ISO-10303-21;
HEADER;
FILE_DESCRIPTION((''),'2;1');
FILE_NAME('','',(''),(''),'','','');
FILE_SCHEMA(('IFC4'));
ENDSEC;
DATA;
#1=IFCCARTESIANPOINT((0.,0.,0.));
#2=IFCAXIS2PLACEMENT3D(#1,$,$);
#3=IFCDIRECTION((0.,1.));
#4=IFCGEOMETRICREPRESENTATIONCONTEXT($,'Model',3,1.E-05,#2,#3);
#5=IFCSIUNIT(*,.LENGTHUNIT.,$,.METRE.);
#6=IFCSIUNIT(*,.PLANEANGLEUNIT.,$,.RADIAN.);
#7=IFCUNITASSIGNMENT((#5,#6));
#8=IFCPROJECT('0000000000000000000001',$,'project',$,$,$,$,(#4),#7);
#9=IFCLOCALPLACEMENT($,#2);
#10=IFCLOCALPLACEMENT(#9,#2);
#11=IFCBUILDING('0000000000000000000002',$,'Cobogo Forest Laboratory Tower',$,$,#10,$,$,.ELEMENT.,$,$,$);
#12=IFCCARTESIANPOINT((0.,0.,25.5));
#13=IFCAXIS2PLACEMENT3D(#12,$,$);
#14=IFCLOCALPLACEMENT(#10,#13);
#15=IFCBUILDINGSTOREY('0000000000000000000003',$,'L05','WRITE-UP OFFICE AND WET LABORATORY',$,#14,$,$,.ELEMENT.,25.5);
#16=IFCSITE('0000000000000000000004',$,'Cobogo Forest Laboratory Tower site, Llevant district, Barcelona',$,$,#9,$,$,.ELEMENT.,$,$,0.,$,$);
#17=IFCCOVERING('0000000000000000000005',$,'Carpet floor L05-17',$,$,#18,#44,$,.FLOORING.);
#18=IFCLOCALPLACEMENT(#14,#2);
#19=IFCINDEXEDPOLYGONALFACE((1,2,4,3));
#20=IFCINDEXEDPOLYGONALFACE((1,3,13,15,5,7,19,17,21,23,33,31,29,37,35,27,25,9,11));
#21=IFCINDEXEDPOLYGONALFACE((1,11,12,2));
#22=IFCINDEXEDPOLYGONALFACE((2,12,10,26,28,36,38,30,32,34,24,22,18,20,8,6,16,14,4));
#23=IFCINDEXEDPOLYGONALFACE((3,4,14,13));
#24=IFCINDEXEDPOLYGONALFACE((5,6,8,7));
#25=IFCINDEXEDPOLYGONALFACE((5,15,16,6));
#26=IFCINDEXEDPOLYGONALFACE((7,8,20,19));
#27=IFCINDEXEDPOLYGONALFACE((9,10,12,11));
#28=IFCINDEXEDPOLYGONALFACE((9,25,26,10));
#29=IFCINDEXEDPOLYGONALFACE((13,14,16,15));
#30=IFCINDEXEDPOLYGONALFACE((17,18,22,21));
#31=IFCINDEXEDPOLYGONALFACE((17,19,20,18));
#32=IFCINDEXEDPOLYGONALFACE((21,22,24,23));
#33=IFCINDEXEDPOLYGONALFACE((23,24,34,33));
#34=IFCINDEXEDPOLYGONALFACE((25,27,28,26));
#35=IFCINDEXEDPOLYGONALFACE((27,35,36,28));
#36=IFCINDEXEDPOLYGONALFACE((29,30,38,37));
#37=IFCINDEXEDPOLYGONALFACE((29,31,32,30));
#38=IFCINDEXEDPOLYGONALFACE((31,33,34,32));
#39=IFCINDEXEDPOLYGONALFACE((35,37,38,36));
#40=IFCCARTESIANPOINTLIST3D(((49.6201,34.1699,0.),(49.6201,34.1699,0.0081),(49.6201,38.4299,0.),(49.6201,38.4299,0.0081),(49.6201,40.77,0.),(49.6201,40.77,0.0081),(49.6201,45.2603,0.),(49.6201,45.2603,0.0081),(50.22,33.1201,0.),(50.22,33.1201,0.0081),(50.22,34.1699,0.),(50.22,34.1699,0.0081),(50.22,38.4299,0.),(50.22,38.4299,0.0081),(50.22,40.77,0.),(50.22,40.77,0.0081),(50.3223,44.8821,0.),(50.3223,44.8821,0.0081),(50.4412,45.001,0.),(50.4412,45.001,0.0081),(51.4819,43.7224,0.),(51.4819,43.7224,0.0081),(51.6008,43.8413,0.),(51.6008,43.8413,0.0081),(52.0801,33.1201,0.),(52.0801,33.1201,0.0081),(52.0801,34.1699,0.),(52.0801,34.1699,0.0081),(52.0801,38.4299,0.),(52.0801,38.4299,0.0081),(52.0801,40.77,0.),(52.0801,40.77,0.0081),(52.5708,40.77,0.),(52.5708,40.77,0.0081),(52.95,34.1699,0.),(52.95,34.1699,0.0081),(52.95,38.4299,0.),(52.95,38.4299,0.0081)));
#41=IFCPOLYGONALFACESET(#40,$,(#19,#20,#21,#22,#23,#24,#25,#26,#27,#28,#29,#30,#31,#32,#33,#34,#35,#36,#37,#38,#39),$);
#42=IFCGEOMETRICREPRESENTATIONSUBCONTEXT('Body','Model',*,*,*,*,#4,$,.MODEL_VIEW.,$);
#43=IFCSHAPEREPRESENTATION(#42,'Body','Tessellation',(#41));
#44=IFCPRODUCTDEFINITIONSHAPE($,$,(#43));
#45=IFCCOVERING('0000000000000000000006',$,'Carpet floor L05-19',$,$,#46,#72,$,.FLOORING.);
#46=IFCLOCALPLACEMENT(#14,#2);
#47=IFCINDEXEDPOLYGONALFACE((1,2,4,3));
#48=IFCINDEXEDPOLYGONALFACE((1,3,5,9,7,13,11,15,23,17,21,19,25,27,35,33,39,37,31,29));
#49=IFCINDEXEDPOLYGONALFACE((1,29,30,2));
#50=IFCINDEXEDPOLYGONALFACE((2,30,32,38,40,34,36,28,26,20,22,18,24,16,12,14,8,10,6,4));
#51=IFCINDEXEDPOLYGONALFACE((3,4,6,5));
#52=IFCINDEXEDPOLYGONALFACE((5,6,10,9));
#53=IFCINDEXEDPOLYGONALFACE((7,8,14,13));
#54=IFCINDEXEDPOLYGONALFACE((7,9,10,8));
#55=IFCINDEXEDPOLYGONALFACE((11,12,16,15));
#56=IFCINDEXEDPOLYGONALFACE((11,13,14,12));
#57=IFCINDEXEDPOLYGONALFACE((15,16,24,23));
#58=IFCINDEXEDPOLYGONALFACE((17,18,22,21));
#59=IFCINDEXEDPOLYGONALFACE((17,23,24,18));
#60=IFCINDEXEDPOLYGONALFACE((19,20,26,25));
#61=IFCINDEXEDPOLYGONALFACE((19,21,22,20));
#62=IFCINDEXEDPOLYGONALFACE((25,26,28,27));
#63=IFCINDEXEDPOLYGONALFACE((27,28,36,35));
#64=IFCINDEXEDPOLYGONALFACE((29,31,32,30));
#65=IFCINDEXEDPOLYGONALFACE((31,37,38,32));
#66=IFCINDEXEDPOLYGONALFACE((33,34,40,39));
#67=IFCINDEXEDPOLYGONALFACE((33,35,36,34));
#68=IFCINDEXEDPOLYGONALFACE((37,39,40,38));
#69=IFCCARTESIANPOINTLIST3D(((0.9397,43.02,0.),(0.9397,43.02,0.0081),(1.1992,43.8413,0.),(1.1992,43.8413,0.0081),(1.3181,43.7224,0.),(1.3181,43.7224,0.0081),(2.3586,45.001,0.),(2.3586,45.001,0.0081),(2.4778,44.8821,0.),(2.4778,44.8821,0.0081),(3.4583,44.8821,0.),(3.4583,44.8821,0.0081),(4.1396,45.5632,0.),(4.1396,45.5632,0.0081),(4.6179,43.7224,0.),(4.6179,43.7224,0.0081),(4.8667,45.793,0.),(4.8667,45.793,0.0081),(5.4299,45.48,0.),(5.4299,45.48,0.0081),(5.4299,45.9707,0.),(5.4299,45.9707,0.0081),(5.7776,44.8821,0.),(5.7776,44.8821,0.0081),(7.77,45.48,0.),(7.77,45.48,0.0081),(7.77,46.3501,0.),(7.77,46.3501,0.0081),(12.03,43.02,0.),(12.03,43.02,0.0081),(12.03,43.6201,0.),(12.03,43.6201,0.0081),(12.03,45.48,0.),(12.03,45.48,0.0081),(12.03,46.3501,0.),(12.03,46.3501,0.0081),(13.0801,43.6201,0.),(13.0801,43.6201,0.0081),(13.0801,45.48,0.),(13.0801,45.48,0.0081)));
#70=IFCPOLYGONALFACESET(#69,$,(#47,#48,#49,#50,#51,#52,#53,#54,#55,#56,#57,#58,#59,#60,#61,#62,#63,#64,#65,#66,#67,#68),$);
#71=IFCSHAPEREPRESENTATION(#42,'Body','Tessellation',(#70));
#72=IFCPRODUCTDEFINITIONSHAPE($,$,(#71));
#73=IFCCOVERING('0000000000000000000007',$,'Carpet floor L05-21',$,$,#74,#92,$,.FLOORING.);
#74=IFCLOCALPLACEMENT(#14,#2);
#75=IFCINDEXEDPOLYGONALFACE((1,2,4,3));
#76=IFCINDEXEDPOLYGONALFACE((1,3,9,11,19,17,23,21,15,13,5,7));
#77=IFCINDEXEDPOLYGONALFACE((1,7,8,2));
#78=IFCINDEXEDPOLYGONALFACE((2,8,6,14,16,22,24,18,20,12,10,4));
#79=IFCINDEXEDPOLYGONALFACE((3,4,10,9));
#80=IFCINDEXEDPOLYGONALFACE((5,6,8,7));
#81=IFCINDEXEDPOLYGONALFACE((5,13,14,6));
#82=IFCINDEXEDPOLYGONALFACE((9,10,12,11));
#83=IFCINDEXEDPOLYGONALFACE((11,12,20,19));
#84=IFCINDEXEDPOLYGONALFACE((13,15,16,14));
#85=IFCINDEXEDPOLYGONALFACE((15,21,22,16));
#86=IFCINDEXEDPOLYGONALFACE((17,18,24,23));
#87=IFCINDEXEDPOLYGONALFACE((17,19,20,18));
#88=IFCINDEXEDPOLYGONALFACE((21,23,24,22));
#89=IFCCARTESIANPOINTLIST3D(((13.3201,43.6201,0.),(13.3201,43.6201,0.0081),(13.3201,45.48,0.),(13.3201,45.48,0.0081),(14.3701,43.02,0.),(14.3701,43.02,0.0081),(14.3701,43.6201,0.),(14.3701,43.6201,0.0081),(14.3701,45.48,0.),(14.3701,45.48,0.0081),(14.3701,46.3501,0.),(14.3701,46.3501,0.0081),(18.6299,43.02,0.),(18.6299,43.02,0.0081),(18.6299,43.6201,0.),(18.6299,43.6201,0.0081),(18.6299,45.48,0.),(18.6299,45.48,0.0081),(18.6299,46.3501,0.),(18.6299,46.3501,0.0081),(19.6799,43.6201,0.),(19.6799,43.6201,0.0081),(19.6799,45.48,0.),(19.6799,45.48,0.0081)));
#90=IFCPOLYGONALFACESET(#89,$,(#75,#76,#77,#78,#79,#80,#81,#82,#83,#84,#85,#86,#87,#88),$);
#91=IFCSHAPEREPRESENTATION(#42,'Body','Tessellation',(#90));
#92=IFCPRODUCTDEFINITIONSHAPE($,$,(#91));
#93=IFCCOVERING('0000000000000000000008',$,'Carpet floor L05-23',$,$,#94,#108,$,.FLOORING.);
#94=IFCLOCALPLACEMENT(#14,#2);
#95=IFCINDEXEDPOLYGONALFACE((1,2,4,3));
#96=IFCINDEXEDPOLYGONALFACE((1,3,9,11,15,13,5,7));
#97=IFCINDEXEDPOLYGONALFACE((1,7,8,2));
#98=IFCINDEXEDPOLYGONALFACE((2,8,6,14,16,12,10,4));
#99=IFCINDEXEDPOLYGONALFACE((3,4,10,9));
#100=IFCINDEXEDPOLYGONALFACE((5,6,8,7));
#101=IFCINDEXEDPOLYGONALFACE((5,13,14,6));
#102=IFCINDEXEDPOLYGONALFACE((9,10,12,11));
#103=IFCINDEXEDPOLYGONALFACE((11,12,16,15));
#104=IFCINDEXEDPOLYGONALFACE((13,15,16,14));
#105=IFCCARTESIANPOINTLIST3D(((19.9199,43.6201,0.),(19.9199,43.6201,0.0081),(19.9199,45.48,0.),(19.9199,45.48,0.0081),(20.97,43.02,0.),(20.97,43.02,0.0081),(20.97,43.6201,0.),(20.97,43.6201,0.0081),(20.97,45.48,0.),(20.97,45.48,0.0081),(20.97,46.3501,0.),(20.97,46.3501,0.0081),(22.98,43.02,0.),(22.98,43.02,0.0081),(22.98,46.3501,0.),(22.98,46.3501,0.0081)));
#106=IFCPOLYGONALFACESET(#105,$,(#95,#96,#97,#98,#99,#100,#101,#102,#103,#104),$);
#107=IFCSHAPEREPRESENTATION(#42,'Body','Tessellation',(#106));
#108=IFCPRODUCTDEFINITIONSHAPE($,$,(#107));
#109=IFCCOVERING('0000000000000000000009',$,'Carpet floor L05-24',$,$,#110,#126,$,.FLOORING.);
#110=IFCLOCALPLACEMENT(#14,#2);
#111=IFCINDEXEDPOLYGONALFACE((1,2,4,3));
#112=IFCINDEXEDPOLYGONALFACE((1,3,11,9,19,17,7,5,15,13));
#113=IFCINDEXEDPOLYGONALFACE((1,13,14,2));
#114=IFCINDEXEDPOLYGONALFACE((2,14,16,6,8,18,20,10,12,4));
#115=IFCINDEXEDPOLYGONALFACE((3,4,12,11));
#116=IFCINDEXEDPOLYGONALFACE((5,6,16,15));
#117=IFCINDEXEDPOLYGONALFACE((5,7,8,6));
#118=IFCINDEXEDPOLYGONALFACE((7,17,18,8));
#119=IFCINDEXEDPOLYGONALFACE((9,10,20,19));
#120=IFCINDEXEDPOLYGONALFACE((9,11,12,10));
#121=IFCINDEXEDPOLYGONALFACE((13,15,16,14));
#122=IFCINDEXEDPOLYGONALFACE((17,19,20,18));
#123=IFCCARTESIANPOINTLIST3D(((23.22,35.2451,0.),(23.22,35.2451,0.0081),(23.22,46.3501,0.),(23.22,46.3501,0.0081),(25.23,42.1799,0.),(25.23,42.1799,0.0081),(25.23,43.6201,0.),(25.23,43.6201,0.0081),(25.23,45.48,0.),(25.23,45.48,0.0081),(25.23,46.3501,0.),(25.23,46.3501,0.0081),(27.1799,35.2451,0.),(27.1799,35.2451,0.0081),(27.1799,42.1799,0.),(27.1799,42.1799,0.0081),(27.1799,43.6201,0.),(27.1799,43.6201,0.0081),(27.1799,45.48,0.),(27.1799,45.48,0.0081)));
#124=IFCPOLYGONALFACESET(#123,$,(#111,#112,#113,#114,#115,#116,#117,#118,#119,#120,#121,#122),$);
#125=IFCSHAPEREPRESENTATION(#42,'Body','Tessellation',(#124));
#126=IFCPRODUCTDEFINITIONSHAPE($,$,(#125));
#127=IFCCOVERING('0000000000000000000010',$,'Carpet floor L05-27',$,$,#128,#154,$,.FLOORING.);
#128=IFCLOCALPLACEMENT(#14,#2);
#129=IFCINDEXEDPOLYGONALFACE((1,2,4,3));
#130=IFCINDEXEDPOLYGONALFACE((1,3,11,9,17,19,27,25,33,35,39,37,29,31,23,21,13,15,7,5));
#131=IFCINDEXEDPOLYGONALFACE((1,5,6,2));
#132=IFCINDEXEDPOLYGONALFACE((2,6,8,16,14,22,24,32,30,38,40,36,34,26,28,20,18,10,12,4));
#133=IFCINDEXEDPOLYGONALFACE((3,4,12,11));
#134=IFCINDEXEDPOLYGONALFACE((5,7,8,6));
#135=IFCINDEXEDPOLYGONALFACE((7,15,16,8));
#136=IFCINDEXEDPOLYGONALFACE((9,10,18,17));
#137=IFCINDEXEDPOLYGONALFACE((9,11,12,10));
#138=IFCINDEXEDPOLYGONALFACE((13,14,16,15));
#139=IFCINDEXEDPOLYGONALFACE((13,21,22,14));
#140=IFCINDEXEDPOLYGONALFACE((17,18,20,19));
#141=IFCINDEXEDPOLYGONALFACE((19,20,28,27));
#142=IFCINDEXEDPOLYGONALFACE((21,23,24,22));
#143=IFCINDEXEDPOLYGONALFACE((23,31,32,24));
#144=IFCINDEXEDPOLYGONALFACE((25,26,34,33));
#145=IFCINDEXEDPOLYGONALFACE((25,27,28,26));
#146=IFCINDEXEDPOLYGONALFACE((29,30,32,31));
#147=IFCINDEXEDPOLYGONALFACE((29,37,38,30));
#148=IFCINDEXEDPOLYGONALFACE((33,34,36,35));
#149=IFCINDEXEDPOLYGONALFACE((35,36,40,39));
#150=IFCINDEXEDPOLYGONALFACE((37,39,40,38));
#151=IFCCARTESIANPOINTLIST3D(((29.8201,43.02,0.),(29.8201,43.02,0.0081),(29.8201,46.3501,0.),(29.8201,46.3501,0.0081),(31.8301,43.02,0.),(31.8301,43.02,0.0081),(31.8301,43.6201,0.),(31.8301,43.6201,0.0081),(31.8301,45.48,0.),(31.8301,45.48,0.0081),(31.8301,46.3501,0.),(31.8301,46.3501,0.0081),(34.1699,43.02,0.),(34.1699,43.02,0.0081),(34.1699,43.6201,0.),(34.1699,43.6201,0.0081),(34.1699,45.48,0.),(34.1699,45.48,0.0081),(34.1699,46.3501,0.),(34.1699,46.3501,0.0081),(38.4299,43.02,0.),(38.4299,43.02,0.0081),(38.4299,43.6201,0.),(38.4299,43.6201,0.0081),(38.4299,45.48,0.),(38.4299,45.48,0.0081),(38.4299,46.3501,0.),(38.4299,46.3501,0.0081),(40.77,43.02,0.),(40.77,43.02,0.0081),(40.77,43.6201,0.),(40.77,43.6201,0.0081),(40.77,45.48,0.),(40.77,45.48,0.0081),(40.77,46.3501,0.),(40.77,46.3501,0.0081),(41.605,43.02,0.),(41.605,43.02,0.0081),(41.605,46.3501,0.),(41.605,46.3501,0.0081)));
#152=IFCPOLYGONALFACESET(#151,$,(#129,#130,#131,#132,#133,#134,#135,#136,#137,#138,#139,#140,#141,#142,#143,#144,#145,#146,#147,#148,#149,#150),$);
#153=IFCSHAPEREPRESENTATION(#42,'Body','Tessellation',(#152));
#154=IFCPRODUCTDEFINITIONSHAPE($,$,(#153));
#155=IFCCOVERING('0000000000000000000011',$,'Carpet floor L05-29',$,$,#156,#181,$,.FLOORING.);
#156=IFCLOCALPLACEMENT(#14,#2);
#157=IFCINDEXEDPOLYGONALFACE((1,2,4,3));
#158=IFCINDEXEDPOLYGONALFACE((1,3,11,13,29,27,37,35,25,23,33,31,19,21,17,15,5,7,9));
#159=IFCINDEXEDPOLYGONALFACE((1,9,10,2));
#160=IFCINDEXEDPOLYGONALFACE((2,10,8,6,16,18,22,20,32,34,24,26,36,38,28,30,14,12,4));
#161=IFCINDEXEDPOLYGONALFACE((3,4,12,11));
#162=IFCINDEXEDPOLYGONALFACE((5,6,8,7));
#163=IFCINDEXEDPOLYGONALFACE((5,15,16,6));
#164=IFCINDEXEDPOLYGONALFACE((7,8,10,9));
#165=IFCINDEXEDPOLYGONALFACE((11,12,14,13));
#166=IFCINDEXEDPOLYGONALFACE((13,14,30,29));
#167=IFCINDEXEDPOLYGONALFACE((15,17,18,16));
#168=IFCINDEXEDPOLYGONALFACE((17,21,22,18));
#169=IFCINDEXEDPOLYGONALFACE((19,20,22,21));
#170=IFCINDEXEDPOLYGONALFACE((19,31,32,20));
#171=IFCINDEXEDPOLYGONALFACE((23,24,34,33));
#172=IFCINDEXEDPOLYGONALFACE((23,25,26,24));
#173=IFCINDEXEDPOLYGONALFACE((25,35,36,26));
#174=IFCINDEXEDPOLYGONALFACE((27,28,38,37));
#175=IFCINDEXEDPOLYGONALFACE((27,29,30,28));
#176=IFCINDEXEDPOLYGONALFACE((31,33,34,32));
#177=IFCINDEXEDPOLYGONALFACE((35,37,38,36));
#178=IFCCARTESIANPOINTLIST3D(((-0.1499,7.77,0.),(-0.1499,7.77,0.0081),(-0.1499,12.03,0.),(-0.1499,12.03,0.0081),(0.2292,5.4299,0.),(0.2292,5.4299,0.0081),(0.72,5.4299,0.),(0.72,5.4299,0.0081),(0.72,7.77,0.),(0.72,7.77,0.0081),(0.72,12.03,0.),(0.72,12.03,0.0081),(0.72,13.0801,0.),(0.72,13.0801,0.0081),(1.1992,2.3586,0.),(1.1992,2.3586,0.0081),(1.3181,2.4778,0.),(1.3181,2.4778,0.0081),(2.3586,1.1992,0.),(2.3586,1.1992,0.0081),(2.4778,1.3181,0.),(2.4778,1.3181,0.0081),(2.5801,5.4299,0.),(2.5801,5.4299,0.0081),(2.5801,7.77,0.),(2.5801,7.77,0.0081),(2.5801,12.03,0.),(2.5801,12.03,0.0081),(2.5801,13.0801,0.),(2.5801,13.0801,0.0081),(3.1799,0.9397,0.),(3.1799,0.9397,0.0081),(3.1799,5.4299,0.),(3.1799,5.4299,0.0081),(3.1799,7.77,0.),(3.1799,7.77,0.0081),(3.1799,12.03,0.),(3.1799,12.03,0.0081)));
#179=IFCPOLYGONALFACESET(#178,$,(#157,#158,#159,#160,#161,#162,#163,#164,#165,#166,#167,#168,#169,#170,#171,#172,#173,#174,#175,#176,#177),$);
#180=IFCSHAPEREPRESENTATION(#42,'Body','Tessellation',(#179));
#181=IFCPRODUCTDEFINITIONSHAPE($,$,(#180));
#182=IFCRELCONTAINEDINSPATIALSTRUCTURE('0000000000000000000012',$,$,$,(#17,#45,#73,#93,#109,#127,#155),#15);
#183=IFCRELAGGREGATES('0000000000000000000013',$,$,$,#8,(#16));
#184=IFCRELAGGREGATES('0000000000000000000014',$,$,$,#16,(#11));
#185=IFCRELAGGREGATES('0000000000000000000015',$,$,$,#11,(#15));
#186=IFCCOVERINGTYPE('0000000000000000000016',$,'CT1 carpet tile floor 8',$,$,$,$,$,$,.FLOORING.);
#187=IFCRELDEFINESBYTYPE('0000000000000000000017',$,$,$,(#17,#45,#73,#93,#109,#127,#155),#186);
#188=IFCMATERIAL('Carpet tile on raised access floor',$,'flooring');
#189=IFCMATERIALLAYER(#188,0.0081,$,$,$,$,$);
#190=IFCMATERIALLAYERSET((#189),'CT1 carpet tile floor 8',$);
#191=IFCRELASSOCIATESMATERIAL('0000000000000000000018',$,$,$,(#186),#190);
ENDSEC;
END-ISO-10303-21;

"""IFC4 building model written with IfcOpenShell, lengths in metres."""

from ifc_helpers import new_model, si_unit, direction, frame, origin, place, context, subcontext, project, spatial, polyline, outline, extrude, material, layer, layer_set, type_object, element, save


model = new_model("IFC4")

# Units and contexts
model_context = context("Model", 3, precision=1e-05, world=origin(), true_north=direction((0.0, 1.0)))
body_context = subcontext(model_context, "Body", "Model", "MODEL_VIEW")
ifc_project = project(units=[si_unit("LENGTHUNIT", "METRE"), si_unit("PLANEANGLEUNIT", "RADIAN")], contexts=[model_context])

# Site, building, storey
site_placement = place(None, origin())
site = spatial("IfcSite", under=ifc_project, at=site_placement, Name="Cobogo Forest Laboratory Tower site, Llevant district, Barcelona", CompositionType="ELEMENT", RefElevation=0.0)
building_placement = place(site_placement, origin())
building = spatial("IfcBuilding", under=site, at=building_placement, Name="Cobogo Forest Laboratory Tower", CompositionType="ELEMENT")
storey_placement = place(building_placement, frame((0.0, 0.0, 25.5)))
storey = spatial("IfcBuildingStorey", under=building, at=storey_placement, Name="L05", Description="WRITE-UP OFFICE AND WET LABORATORY", CompositionType="ELEMENT", Elevation=25.5)

# Coverings
ifc_material_1 = material(Name="Carpet tile on raised access floor", Category="flooring")
ifc_layer_1 = layer(ifc_material_1, 0.0081)
ifc_layer_set_1 = layer_set([ifc_layer_1], Name="CT1 carpet tile floor 8")
covering_type_1 = type_object("IfcCoveringType", Name="CT1 carpet tile floor 8", PredefinedType="FLOORING", material=ifc_layer_set_1)
covering_1_placement = place(storey_placement, origin())
element("IfcCovering", 1, at=covering_1_placement, inside=storey, type_object=covering_type_1, Name="Carpet floor L05-17", PredefinedType="FLOORING", context=body_context, shape_type="SweptSolid", body=[
    extrude(outline(polyline([(49.6201, 38.4299), (50.22, 38.4299), (50.22, 40.77), (49.6201, 40.77), (49.6201, 45.2603), (50.4412, 45.001), (50.3223, 44.8821), (51.4819, 43.7224), (51.6008, 43.8413), (52.5708, 40.77), (52.0801, 40.77), (52.0801, 38.4299), (52.95, 38.4299), (52.95, 34.1699), (52.0801, 34.1699), (52.0801, 33.1201), (50.22, 33.1201), (50.22, 34.1699), (49.6201, 34.1699), (49.6201, 38.4299)])), origin(), (0.0, 0.0, 1.0), 0.0081),
])
covering_2_placement = place(storey_placement, origin())
element("IfcCovering", 2, at=covering_2_placement, inside=storey, type_object=covering_type_1, Name="Carpet floor L05-19", PredefinedType="FLOORING", context=body_context, shape_type="SweptSolid", body=[
    extrude(outline(polyline([(0.9397, 43.02), (1.1992, 43.8413), (1.3181, 43.7224), (2.4778, 44.8821), (2.3586, 45.001), (4.1396, 45.5632), (3.4583, 44.8821), (4.6179, 43.7224), (5.7776, 44.8821), (4.8667, 45.793), (5.4299, 45.9707), (5.4299, 45.48), (7.77, 45.48), (7.77, 46.3501), (12.03, 46.3501), (12.03, 45.48), (13.0801, 45.48), (13.0801, 43.6201), (12.03, 43.6201), (12.03, 43.02), (0.9397, 43.02)])), origin(), (0.0, 0.0, 1.0), 0.0081),
])
covering_3_placement = place(storey_placement, origin())
element("IfcCovering", 3, at=covering_3_placement, inside=storey, type_object=covering_type_1, Name="Carpet floor L05-21", PredefinedType="FLOORING", context=body_context, shape_type="SweptSolid", body=[
    extrude(outline(polyline([(14.3701, 43.02), (14.3701, 43.6201), (13.3201, 43.6201), (13.3201, 45.48), (14.3701, 45.48), (14.3701, 46.3501), (18.6299, 46.3501), (18.6299, 45.48), (19.6799, 45.48), (19.6799, 43.6201), (18.6299, 43.6201), (18.6299, 43.02), (14.3701, 43.02)])), origin(), (0.0, 0.0, 1.0), 0.0081),
])
covering_4_placement = place(storey_placement, origin())
element("IfcCovering", 4, at=covering_4_placement, inside=storey, type_object=covering_type_1, Name="Carpet floor L05-23", PredefinedType="FLOORING", context=body_context, shape_type="SweptSolid", body=[
    extrude(outline(polyline([(20.97, 43.02), (20.97, 43.6201), (19.9199, 43.6201), (19.9199, 45.48), (20.97, 45.48), (20.97, 46.3501), (22.98, 46.3501), (22.98, 43.02), (20.97, 43.02)])), origin(), (0.0, 0.0, 1.0), 0.0081),
])
covering_5_placement = place(storey_placement, origin())
element("IfcCovering", 5, at=covering_5_placement, inside=storey, type_object=covering_type_1, Name="Carpet floor L05-24", PredefinedType="FLOORING", context=body_context, shape_type="SweptSolid", body=[
    extrude(outline(polyline([(23.22, 35.2451), (23.22, 46.3501), (25.23, 46.3501), (25.23, 45.48), (27.1799, 45.48), (27.1799, 43.6201), (25.23, 43.6201), (25.23, 42.1799), (27.1799, 42.1799), (27.1799, 35.2451), (23.22, 35.2451)])), origin(), (0.0, 0.0, 1.0), 0.0081),
])
covering_6_placement = place(storey_placement, origin())
element("IfcCovering", 6, at=covering_6_placement, inside=storey, type_object=covering_type_1, Name="Carpet floor L05-27", PredefinedType="FLOORING", context=body_context, shape_type="SweptSolid", body=[
    extrude(outline(polyline([(40.77, 43.02), (40.77, 43.6201), (38.4299, 43.6201), (38.4299, 43.02), (34.1699, 43.02), (34.1699, 43.6201), (31.8301, 43.6201), (31.8301, 43.02), (29.8201, 43.02), (29.8201, 46.3501), (31.8301, 46.3501), (31.8301, 45.48), (34.1699, 45.48), (34.1699, 46.3501), (38.4299, 46.3501), (38.4299, 45.48), (40.77, 45.48), (40.77, 46.3501), (41.605, 46.3501), (41.605, 43.02), (40.77, 43.02)])), origin(), (0.0, 0.0, 1.0), 0.0081),
])
covering_7_placement = place(storey_placement, origin())
element("IfcCovering", 7, at=covering_7_placement, inside=storey, type_object=covering_type_1, Name="Carpet floor L05-29", PredefinedType="FLOORING", context=body_context, shape_type="SweptSolid", body=[
    extrude(outline(polyline([(3.1799, 7.77), (2.5801, 7.77), (2.5801, 5.4299), (3.1799, 5.4299), (3.1799, 0.9397), (2.3586, 1.1992), (2.4778, 1.3181), (1.3181, 2.4778), (1.1992, 2.3586), (0.2292, 5.4299), (0.72, 5.4299), (0.72, 7.77), (-0.1499, 7.77), (-0.1499, 12.03), (0.72, 12.03), (0.72, 13.0801), (2.5801, 13.0801), (2.5801, 12.03), (3.1799, 12.03), (3.1799, 7.77)])), origin(), (0.0, 0.0, 1.0), 0.0081),
])

save(model, "model.ifc")
